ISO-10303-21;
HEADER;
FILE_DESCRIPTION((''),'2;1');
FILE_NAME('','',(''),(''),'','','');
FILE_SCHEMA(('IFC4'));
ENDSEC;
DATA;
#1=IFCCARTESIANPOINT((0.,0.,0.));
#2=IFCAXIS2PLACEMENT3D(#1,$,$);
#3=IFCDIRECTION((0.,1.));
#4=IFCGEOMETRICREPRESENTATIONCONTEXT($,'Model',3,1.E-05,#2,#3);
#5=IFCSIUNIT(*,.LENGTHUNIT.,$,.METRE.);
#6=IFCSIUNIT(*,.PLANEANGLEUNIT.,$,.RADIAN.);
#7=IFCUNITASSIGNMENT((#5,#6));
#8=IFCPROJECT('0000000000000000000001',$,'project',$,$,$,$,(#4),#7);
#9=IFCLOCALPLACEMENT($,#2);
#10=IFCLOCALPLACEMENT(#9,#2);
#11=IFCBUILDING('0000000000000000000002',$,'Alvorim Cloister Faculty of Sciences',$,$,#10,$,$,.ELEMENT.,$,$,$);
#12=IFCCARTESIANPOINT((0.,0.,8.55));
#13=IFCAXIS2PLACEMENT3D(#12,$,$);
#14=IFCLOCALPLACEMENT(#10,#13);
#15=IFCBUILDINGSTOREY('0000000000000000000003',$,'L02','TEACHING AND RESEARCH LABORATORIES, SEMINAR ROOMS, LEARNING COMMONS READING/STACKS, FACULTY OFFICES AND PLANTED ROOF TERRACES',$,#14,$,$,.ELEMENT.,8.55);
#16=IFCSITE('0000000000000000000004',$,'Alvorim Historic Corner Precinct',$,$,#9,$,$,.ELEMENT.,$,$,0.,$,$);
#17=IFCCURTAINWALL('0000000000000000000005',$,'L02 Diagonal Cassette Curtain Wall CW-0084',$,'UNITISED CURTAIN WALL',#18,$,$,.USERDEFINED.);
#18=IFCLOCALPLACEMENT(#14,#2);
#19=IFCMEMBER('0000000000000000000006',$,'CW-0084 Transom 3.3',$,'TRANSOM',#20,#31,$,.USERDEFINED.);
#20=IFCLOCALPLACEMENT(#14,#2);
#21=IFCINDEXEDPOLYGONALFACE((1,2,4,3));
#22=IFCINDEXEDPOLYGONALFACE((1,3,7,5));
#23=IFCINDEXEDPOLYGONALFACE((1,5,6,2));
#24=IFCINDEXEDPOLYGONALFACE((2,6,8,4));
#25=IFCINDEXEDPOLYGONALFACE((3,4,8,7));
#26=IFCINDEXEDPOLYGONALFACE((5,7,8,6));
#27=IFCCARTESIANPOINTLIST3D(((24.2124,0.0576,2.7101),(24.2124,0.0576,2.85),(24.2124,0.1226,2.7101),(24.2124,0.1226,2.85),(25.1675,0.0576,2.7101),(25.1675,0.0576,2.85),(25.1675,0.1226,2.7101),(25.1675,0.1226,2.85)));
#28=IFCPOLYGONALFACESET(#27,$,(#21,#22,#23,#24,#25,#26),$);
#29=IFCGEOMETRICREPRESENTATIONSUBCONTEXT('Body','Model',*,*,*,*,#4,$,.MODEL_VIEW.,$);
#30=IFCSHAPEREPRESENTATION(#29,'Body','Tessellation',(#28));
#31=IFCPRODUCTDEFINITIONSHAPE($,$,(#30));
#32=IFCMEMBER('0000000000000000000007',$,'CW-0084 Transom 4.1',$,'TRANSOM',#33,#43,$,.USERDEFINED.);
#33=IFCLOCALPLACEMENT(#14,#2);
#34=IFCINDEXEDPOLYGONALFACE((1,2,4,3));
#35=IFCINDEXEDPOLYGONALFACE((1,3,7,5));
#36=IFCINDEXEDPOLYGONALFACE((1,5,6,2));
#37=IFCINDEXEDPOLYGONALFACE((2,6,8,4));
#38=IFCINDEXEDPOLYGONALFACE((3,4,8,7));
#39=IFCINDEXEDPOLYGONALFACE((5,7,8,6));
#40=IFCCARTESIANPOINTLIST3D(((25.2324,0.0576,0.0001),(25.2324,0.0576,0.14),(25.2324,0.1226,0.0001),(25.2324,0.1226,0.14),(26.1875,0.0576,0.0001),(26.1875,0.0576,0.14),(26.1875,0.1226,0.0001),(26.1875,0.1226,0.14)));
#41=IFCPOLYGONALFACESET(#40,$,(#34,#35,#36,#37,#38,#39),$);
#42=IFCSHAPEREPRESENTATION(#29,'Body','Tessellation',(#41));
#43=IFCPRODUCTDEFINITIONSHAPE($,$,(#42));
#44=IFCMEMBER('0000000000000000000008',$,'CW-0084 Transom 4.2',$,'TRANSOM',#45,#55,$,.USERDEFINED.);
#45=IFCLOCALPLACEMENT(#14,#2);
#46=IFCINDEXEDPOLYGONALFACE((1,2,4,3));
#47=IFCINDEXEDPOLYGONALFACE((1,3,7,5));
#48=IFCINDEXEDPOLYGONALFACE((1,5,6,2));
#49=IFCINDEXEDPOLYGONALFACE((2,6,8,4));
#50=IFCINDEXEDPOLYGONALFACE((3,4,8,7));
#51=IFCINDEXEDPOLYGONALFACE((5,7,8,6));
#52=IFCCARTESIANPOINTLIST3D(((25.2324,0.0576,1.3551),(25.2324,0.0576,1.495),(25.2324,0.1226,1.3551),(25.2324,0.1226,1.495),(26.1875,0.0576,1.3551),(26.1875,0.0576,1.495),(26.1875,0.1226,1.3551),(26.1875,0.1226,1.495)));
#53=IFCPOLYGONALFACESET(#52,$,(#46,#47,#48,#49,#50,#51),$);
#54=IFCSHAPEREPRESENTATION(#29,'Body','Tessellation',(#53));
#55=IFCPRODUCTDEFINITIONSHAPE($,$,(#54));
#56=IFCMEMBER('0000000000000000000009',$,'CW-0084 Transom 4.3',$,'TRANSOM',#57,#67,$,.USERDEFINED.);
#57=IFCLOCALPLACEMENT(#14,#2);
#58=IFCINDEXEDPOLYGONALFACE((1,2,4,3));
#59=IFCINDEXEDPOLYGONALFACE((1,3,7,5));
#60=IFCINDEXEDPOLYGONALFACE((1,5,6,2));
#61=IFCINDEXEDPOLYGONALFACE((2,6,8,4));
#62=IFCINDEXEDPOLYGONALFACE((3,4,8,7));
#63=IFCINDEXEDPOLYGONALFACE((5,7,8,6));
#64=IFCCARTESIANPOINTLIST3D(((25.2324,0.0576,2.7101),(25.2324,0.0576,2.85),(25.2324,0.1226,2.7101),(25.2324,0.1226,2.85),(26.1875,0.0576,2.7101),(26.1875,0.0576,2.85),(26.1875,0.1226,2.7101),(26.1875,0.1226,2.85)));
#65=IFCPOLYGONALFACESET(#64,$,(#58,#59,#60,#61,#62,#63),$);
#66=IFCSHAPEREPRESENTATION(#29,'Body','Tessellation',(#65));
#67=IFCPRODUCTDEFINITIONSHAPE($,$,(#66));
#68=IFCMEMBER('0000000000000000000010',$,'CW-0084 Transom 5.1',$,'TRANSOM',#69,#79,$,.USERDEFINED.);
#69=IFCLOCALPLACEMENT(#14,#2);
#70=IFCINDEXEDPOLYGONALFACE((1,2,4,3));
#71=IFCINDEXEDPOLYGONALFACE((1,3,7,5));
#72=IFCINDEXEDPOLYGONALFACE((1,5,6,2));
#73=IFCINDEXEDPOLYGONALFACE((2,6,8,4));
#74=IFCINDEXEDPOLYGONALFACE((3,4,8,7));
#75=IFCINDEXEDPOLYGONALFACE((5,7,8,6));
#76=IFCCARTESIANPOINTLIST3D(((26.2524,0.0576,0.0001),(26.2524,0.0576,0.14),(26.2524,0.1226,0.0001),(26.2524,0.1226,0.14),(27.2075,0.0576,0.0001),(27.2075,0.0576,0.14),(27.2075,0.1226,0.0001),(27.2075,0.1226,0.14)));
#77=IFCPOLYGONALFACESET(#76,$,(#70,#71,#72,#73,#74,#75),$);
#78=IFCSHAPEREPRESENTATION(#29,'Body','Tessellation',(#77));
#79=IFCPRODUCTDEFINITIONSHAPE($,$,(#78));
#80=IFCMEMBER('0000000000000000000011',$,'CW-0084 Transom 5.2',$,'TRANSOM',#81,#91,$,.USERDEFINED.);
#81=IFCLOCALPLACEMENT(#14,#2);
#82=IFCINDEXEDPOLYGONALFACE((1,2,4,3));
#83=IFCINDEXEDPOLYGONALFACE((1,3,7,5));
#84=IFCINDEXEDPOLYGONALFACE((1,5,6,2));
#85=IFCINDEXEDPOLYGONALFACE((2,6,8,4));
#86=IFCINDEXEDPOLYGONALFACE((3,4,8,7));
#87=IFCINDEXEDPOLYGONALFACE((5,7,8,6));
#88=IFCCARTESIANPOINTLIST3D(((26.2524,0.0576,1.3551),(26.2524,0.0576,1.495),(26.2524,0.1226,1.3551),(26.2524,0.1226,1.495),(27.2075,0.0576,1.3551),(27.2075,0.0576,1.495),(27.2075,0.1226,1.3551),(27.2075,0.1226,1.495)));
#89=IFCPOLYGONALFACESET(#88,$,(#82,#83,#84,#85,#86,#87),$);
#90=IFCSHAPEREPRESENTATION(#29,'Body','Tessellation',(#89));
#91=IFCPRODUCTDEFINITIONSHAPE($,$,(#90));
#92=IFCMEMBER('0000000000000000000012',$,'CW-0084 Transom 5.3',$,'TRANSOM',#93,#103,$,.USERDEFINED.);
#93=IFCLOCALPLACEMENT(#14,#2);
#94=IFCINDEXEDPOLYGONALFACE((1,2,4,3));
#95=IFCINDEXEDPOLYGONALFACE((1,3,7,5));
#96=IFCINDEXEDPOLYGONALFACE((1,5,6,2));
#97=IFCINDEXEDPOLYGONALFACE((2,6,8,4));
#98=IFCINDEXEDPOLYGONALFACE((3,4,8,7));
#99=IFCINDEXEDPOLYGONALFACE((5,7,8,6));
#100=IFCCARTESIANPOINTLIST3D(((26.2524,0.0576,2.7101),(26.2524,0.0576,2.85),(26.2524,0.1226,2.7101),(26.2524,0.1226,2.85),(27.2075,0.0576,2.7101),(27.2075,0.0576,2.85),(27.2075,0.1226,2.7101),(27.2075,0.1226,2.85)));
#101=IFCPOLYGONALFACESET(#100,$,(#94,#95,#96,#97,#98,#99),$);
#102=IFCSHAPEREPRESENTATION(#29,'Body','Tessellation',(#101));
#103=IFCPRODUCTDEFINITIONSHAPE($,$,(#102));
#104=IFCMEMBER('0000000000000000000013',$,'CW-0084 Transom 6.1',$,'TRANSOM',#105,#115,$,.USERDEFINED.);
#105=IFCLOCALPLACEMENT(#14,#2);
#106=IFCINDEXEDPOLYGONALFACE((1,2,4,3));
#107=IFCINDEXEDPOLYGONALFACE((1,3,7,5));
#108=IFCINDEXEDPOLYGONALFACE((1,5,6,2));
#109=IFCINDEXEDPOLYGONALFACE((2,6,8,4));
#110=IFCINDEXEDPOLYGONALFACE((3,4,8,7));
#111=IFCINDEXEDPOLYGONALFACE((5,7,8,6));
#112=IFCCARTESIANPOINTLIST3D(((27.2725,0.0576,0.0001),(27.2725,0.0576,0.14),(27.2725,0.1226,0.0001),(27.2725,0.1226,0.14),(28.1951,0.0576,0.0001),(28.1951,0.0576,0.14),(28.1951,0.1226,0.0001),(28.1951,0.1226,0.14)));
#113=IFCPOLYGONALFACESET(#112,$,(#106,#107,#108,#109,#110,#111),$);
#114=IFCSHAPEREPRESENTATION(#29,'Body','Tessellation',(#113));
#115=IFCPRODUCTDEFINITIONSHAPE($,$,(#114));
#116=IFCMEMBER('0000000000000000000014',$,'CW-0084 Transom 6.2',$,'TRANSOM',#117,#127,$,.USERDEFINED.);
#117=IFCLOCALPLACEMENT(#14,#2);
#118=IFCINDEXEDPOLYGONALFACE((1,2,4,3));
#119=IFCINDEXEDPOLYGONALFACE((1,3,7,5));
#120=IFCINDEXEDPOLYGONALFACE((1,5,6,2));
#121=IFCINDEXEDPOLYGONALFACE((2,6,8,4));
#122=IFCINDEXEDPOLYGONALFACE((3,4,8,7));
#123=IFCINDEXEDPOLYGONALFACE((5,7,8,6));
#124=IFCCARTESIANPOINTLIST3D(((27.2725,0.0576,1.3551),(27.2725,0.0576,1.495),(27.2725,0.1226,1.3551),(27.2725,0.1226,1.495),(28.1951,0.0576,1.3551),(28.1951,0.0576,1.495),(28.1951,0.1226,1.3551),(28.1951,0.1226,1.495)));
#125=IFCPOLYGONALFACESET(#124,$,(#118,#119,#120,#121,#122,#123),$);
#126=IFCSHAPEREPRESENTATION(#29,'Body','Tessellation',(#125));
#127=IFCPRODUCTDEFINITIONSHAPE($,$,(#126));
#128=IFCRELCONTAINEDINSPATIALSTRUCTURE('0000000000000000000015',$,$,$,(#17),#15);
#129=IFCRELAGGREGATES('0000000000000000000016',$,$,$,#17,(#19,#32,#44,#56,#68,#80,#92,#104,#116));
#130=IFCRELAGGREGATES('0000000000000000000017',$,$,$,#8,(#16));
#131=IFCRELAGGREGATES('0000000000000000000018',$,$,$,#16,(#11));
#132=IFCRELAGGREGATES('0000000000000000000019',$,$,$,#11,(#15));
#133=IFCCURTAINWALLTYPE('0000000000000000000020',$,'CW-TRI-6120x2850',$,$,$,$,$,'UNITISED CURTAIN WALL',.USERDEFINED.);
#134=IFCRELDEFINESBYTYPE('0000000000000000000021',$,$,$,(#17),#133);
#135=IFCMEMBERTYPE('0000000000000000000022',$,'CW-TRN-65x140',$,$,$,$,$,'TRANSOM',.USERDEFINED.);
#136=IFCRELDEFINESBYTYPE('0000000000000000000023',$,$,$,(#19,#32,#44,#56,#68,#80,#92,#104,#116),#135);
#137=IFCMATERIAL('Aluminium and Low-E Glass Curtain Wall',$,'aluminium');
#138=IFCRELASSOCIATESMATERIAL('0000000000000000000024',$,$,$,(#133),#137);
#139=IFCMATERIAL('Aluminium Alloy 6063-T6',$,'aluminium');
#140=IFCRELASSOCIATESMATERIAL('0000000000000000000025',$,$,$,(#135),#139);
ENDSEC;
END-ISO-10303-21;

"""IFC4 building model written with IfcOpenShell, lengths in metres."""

from ifc_helpers import new_model, si_unit, direction, frame, origin, origin_2d, place, context, subcontext, project, spatial, rectangle, extrude, material, material_profile, profile_set, type_object, element, aggregate, save


model = new_model("IFC4")

# Units and contexts
model_context = context("Model", 3, precision=1e-05, world=origin(), true_north=direction((0.0, 1.0)))
body_context = subcontext(model_context, "Body", "Model", "MODEL_VIEW")
ifc_project = project(units=[si_unit("LENGTHUNIT", "METRE"), si_unit("PLANEANGLEUNIT", "RADIAN")], contexts=[model_context])

# Site, building, storey
site_placement = place(None, origin())
site = spatial("IfcSite", under=ifc_project, at=site_placement, Name="Alvorim Historic Corner Precinct", CompositionType="ELEMENT", RefElevation=0.0)
building_placement = place(site_placement, origin())
building = spatial("IfcBuilding", under=site, at=building_placement, Name="Alvorim Cloister Faculty of Sciences", CompositionType="ELEMENT")
storey_placement = place(building_placement, frame((0.0, 0.0, 8.55)))
storey = spatial("IfcBuildingStorey", under=building, at=storey_placement, Name="L02", Description="TEACHING AND RESEARCH LABORATORIES, SEMINAR ROOMS, LEARNING COMMONS READING/STACKS, FACULTY OFFICES AND PLANTED ROOF TERRACES", CompositionType="ELEMENT", Elevation=8.55)

# Curtain wall
ifc_material_1 = material(Name="Aluminium and Low-E Glass Curtain Wall", Category="aluminium")
curtain_wall_type = type_object("IfcCurtainWallType", Name="CW-TRI-6120x2850", ElementType="UNITISED CURTAIN WALL", PredefinedType="USERDEFINED", material=ifc_material_1)
curtain_wall_1_placement = place(storey_placement, origin())
curtain_wall_1 = element("IfcCurtainWall", 1, at=curtain_wall_1_placement, inside=storey, type_object=curtain_wall_type, Name="L02 Diagonal Cassette Curtain Wall CW-0084", ObjectType="UNITISED CURTAIN WALL", PredefinedType="USERDEFINED")
ifc_material_2 = material(Name="Aluminium Alloy 6063-T6", Category="aluminium")

# Members
ifc_material_profile_1 = material_profile(ifc_material_2, rectangle(XDim=0.0649, YDim=0.1399, at=origin_2d()), Name="ALU-TRN-65x140")
ifc_profile_set_1 = profile_set([ifc_material_profile_1], Name="Aluminium Alloy 6063-T6")
member_type_1 = type_object("IfcMemberType", Name="CW-TRN-65x140", ElementType="TRANSOM", PredefinedType="USERDEFINED", material=ifc_profile_set_1)
member_1_placement = place(storey_placement, frame((24.2124, 0.0901, 2.78), z_axis=(1.0, 0.0, 0.0), x_axis=(0.0, 1.0, 0.0)))
member_1 = element("IfcMember", 2, at=member_1_placement, type_object=member_type_1, Name="CW-0084 Transom 3.3", ObjectType="TRANSOM", PredefinedType="USERDEFINED", context=body_context, shape_type="SweptSolid", body=[
    extrude(rectangle(XDim=0.0649, YDim=0.1399, at=origin_2d()), origin(), (0.0, 0.0, 1.0), 0.9551),
])
member_2_placement = place(storey_placement, frame((25.2324, 0.0901, 0.0701), z_axis=(1.0, 0.0, 0.0), x_axis=(0.0, 1.0, 0.0)))
member_2 = element("IfcMember", 3, at=member_2_placement, type_object=member_type_1, Name="CW-0084 Transom 4.1", ObjectType="TRANSOM", PredefinedType="USERDEFINED", context=body_context, shape_type="SweptSolid", body=[
    extrude(rectangle(XDim=0.0649, YDim=0.1399, at=origin_2d()), origin(), (0.0, 0.0, 1.0), 0.9551),
])
member_3_placement = place(storey_placement, frame((25.2324, 0.0901, 1.425), z_axis=(1.0, 0.0, 0.0), x_axis=(0.0, 1.0, 0.0)))
member_3 = element("IfcMember", 4, at=member_3_placement, type_object=member_type_1, Name="CW-0084 Transom 4.2", ObjectType="TRANSOM", PredefinedType="USERDEFINED", context=body_context, shape_type="SweptSolid", body=[
    extrude(rectangle(XDim=0.0649, YDim=0.1399, at=origin_2d()), origin(), (0.0, 0.0, 1.0), 0.9551),
])
member_4_placement = place(storey_placement, frame((25.2324, 0.0901, 2.78), z_axis=(1.0, 0.0, 0.0), x_axis=(0.0, 1.0, 0.0)))
member_4 = element("IfcMember", 5, at=member_4_placement, type_object=member_type_1, Name="CW-0084 Transom 4.3", ObjectType="TRANSOM", PredefinedType="USERDEFINED", context=body_context, shape_type="SweptSolid", body=[
    extrude(rectangle(XDim=0.0649, YDim=0.1399, at=origin_2d()), origin(), (0.0, 0.0, 1.0), 0.9551),
])
member_5_placement = place(storey_placement, frame((26.2524, 0.0901, 0.0701), z_axis=(1.0, 0.0, 0.0), x_axis=(0.0, 1.0, 0.0)))
member_5 = element("IfcMember", 6, at=member_5_placement, type_object=member_type_1, Name="CW-0084 Transom 5.1", ObjectType="TRANSOM", PredefinedType="USERDEFINED", context=body_context, shape_type="SweptSolid", body=[
    extrude(rectangle(XDim=0.0649, YDim=0.1399, at=origin_2d()), origin(), (0.0, 0.0, 1.0), 0.9551),
])
member_6_placement = place(storey_placement, frame((26.2524, 0.0901, 1.425), z_axis=(1.0, 0.0, 0.0), x_axis=(0.0, 1.0, 0.0)))
member_6 = element("IfcMember", 7, at=member_6_placement, type_object=member_type_1, Name="CW-0084 Transom 5.2", ObjectType="TRANSOM", PredefinedType="USERDEFINED", context=body_context, shape_type="SweptSolid", body=[
    extrude(rectangle(XDim=0.0649, YDim=0.1399, at=origin_2d()), origin(), (0.0, 0.0, 1.0), 0.9551),
])
member_7_placement = place(storey_placement, frame((26.2524, 0.0901, 2.78), z_axis=(1.0, 0.0, 0.0), x_axis=(0.0, 1.0, 0.0)))
member_7 = element("IfcMember", 8, at=member_7_placement, type_object=member_type_1, Name="CW-0084 Transom 5.3", ObjectType="TRANSOM", PredefinedType="USERDEFINED", context=body_context, shape_type="SweptSolid", body=[
    extrude(rectangle(XDim=0.0649, YDim=0.1399, at=origin_2d()), origin(), (0.0, 0.0, 1.0), 0.9551),
])
member_8_placement = place(storey_placement, frame((27.2725, 0.0901, 0.0701), z_axis=(1.0, 0.0, 0.0), x_axis=(0.0, 1.0, 0.0)))
member_8 = element("IfcMember", 9, at=member_8_placement, type_object=member_type_1, Name="CW-0084 Transom 6.1", ObjectType="TRANSOM", PredefinedType="USERDEFINED", context=body_context, shape_type="SweptSolid", body=[
    extrude(rectangle(XDim=0.0649, YDim=0.1399, at=origin_2d()), origin(), (0.0, 0.0, 1.0), 0.9226),
])
member_9_placement = place(storey_placement, frame((27.2725, 0.0901, 1.425), z_axis=(1.0, 0.0, 0.0), x_axis=(0.0, 1.0, 0.0)))
member_9 = element("IfcMember", 10, at=member_9_placement, type_object=member_type_1, Name="CW-0084 Transom 6.2", ObjectType="TRANSOM", PredefinedType="USERDEFINED", context=body_context, shape_type="SweptSolid", body=[
    extrude(rectangle(XDim=0.0649, YDim=0.1399, at=origin_2d()), origin(), (0.0, 0.0, 1.0), 0.9226),
])
aggregate(curtain_wall_1, [member_1, member_2, member_3, member_4, member_5, member_6, member_7, member_8, member_9])

save(model, "model.ifc")
